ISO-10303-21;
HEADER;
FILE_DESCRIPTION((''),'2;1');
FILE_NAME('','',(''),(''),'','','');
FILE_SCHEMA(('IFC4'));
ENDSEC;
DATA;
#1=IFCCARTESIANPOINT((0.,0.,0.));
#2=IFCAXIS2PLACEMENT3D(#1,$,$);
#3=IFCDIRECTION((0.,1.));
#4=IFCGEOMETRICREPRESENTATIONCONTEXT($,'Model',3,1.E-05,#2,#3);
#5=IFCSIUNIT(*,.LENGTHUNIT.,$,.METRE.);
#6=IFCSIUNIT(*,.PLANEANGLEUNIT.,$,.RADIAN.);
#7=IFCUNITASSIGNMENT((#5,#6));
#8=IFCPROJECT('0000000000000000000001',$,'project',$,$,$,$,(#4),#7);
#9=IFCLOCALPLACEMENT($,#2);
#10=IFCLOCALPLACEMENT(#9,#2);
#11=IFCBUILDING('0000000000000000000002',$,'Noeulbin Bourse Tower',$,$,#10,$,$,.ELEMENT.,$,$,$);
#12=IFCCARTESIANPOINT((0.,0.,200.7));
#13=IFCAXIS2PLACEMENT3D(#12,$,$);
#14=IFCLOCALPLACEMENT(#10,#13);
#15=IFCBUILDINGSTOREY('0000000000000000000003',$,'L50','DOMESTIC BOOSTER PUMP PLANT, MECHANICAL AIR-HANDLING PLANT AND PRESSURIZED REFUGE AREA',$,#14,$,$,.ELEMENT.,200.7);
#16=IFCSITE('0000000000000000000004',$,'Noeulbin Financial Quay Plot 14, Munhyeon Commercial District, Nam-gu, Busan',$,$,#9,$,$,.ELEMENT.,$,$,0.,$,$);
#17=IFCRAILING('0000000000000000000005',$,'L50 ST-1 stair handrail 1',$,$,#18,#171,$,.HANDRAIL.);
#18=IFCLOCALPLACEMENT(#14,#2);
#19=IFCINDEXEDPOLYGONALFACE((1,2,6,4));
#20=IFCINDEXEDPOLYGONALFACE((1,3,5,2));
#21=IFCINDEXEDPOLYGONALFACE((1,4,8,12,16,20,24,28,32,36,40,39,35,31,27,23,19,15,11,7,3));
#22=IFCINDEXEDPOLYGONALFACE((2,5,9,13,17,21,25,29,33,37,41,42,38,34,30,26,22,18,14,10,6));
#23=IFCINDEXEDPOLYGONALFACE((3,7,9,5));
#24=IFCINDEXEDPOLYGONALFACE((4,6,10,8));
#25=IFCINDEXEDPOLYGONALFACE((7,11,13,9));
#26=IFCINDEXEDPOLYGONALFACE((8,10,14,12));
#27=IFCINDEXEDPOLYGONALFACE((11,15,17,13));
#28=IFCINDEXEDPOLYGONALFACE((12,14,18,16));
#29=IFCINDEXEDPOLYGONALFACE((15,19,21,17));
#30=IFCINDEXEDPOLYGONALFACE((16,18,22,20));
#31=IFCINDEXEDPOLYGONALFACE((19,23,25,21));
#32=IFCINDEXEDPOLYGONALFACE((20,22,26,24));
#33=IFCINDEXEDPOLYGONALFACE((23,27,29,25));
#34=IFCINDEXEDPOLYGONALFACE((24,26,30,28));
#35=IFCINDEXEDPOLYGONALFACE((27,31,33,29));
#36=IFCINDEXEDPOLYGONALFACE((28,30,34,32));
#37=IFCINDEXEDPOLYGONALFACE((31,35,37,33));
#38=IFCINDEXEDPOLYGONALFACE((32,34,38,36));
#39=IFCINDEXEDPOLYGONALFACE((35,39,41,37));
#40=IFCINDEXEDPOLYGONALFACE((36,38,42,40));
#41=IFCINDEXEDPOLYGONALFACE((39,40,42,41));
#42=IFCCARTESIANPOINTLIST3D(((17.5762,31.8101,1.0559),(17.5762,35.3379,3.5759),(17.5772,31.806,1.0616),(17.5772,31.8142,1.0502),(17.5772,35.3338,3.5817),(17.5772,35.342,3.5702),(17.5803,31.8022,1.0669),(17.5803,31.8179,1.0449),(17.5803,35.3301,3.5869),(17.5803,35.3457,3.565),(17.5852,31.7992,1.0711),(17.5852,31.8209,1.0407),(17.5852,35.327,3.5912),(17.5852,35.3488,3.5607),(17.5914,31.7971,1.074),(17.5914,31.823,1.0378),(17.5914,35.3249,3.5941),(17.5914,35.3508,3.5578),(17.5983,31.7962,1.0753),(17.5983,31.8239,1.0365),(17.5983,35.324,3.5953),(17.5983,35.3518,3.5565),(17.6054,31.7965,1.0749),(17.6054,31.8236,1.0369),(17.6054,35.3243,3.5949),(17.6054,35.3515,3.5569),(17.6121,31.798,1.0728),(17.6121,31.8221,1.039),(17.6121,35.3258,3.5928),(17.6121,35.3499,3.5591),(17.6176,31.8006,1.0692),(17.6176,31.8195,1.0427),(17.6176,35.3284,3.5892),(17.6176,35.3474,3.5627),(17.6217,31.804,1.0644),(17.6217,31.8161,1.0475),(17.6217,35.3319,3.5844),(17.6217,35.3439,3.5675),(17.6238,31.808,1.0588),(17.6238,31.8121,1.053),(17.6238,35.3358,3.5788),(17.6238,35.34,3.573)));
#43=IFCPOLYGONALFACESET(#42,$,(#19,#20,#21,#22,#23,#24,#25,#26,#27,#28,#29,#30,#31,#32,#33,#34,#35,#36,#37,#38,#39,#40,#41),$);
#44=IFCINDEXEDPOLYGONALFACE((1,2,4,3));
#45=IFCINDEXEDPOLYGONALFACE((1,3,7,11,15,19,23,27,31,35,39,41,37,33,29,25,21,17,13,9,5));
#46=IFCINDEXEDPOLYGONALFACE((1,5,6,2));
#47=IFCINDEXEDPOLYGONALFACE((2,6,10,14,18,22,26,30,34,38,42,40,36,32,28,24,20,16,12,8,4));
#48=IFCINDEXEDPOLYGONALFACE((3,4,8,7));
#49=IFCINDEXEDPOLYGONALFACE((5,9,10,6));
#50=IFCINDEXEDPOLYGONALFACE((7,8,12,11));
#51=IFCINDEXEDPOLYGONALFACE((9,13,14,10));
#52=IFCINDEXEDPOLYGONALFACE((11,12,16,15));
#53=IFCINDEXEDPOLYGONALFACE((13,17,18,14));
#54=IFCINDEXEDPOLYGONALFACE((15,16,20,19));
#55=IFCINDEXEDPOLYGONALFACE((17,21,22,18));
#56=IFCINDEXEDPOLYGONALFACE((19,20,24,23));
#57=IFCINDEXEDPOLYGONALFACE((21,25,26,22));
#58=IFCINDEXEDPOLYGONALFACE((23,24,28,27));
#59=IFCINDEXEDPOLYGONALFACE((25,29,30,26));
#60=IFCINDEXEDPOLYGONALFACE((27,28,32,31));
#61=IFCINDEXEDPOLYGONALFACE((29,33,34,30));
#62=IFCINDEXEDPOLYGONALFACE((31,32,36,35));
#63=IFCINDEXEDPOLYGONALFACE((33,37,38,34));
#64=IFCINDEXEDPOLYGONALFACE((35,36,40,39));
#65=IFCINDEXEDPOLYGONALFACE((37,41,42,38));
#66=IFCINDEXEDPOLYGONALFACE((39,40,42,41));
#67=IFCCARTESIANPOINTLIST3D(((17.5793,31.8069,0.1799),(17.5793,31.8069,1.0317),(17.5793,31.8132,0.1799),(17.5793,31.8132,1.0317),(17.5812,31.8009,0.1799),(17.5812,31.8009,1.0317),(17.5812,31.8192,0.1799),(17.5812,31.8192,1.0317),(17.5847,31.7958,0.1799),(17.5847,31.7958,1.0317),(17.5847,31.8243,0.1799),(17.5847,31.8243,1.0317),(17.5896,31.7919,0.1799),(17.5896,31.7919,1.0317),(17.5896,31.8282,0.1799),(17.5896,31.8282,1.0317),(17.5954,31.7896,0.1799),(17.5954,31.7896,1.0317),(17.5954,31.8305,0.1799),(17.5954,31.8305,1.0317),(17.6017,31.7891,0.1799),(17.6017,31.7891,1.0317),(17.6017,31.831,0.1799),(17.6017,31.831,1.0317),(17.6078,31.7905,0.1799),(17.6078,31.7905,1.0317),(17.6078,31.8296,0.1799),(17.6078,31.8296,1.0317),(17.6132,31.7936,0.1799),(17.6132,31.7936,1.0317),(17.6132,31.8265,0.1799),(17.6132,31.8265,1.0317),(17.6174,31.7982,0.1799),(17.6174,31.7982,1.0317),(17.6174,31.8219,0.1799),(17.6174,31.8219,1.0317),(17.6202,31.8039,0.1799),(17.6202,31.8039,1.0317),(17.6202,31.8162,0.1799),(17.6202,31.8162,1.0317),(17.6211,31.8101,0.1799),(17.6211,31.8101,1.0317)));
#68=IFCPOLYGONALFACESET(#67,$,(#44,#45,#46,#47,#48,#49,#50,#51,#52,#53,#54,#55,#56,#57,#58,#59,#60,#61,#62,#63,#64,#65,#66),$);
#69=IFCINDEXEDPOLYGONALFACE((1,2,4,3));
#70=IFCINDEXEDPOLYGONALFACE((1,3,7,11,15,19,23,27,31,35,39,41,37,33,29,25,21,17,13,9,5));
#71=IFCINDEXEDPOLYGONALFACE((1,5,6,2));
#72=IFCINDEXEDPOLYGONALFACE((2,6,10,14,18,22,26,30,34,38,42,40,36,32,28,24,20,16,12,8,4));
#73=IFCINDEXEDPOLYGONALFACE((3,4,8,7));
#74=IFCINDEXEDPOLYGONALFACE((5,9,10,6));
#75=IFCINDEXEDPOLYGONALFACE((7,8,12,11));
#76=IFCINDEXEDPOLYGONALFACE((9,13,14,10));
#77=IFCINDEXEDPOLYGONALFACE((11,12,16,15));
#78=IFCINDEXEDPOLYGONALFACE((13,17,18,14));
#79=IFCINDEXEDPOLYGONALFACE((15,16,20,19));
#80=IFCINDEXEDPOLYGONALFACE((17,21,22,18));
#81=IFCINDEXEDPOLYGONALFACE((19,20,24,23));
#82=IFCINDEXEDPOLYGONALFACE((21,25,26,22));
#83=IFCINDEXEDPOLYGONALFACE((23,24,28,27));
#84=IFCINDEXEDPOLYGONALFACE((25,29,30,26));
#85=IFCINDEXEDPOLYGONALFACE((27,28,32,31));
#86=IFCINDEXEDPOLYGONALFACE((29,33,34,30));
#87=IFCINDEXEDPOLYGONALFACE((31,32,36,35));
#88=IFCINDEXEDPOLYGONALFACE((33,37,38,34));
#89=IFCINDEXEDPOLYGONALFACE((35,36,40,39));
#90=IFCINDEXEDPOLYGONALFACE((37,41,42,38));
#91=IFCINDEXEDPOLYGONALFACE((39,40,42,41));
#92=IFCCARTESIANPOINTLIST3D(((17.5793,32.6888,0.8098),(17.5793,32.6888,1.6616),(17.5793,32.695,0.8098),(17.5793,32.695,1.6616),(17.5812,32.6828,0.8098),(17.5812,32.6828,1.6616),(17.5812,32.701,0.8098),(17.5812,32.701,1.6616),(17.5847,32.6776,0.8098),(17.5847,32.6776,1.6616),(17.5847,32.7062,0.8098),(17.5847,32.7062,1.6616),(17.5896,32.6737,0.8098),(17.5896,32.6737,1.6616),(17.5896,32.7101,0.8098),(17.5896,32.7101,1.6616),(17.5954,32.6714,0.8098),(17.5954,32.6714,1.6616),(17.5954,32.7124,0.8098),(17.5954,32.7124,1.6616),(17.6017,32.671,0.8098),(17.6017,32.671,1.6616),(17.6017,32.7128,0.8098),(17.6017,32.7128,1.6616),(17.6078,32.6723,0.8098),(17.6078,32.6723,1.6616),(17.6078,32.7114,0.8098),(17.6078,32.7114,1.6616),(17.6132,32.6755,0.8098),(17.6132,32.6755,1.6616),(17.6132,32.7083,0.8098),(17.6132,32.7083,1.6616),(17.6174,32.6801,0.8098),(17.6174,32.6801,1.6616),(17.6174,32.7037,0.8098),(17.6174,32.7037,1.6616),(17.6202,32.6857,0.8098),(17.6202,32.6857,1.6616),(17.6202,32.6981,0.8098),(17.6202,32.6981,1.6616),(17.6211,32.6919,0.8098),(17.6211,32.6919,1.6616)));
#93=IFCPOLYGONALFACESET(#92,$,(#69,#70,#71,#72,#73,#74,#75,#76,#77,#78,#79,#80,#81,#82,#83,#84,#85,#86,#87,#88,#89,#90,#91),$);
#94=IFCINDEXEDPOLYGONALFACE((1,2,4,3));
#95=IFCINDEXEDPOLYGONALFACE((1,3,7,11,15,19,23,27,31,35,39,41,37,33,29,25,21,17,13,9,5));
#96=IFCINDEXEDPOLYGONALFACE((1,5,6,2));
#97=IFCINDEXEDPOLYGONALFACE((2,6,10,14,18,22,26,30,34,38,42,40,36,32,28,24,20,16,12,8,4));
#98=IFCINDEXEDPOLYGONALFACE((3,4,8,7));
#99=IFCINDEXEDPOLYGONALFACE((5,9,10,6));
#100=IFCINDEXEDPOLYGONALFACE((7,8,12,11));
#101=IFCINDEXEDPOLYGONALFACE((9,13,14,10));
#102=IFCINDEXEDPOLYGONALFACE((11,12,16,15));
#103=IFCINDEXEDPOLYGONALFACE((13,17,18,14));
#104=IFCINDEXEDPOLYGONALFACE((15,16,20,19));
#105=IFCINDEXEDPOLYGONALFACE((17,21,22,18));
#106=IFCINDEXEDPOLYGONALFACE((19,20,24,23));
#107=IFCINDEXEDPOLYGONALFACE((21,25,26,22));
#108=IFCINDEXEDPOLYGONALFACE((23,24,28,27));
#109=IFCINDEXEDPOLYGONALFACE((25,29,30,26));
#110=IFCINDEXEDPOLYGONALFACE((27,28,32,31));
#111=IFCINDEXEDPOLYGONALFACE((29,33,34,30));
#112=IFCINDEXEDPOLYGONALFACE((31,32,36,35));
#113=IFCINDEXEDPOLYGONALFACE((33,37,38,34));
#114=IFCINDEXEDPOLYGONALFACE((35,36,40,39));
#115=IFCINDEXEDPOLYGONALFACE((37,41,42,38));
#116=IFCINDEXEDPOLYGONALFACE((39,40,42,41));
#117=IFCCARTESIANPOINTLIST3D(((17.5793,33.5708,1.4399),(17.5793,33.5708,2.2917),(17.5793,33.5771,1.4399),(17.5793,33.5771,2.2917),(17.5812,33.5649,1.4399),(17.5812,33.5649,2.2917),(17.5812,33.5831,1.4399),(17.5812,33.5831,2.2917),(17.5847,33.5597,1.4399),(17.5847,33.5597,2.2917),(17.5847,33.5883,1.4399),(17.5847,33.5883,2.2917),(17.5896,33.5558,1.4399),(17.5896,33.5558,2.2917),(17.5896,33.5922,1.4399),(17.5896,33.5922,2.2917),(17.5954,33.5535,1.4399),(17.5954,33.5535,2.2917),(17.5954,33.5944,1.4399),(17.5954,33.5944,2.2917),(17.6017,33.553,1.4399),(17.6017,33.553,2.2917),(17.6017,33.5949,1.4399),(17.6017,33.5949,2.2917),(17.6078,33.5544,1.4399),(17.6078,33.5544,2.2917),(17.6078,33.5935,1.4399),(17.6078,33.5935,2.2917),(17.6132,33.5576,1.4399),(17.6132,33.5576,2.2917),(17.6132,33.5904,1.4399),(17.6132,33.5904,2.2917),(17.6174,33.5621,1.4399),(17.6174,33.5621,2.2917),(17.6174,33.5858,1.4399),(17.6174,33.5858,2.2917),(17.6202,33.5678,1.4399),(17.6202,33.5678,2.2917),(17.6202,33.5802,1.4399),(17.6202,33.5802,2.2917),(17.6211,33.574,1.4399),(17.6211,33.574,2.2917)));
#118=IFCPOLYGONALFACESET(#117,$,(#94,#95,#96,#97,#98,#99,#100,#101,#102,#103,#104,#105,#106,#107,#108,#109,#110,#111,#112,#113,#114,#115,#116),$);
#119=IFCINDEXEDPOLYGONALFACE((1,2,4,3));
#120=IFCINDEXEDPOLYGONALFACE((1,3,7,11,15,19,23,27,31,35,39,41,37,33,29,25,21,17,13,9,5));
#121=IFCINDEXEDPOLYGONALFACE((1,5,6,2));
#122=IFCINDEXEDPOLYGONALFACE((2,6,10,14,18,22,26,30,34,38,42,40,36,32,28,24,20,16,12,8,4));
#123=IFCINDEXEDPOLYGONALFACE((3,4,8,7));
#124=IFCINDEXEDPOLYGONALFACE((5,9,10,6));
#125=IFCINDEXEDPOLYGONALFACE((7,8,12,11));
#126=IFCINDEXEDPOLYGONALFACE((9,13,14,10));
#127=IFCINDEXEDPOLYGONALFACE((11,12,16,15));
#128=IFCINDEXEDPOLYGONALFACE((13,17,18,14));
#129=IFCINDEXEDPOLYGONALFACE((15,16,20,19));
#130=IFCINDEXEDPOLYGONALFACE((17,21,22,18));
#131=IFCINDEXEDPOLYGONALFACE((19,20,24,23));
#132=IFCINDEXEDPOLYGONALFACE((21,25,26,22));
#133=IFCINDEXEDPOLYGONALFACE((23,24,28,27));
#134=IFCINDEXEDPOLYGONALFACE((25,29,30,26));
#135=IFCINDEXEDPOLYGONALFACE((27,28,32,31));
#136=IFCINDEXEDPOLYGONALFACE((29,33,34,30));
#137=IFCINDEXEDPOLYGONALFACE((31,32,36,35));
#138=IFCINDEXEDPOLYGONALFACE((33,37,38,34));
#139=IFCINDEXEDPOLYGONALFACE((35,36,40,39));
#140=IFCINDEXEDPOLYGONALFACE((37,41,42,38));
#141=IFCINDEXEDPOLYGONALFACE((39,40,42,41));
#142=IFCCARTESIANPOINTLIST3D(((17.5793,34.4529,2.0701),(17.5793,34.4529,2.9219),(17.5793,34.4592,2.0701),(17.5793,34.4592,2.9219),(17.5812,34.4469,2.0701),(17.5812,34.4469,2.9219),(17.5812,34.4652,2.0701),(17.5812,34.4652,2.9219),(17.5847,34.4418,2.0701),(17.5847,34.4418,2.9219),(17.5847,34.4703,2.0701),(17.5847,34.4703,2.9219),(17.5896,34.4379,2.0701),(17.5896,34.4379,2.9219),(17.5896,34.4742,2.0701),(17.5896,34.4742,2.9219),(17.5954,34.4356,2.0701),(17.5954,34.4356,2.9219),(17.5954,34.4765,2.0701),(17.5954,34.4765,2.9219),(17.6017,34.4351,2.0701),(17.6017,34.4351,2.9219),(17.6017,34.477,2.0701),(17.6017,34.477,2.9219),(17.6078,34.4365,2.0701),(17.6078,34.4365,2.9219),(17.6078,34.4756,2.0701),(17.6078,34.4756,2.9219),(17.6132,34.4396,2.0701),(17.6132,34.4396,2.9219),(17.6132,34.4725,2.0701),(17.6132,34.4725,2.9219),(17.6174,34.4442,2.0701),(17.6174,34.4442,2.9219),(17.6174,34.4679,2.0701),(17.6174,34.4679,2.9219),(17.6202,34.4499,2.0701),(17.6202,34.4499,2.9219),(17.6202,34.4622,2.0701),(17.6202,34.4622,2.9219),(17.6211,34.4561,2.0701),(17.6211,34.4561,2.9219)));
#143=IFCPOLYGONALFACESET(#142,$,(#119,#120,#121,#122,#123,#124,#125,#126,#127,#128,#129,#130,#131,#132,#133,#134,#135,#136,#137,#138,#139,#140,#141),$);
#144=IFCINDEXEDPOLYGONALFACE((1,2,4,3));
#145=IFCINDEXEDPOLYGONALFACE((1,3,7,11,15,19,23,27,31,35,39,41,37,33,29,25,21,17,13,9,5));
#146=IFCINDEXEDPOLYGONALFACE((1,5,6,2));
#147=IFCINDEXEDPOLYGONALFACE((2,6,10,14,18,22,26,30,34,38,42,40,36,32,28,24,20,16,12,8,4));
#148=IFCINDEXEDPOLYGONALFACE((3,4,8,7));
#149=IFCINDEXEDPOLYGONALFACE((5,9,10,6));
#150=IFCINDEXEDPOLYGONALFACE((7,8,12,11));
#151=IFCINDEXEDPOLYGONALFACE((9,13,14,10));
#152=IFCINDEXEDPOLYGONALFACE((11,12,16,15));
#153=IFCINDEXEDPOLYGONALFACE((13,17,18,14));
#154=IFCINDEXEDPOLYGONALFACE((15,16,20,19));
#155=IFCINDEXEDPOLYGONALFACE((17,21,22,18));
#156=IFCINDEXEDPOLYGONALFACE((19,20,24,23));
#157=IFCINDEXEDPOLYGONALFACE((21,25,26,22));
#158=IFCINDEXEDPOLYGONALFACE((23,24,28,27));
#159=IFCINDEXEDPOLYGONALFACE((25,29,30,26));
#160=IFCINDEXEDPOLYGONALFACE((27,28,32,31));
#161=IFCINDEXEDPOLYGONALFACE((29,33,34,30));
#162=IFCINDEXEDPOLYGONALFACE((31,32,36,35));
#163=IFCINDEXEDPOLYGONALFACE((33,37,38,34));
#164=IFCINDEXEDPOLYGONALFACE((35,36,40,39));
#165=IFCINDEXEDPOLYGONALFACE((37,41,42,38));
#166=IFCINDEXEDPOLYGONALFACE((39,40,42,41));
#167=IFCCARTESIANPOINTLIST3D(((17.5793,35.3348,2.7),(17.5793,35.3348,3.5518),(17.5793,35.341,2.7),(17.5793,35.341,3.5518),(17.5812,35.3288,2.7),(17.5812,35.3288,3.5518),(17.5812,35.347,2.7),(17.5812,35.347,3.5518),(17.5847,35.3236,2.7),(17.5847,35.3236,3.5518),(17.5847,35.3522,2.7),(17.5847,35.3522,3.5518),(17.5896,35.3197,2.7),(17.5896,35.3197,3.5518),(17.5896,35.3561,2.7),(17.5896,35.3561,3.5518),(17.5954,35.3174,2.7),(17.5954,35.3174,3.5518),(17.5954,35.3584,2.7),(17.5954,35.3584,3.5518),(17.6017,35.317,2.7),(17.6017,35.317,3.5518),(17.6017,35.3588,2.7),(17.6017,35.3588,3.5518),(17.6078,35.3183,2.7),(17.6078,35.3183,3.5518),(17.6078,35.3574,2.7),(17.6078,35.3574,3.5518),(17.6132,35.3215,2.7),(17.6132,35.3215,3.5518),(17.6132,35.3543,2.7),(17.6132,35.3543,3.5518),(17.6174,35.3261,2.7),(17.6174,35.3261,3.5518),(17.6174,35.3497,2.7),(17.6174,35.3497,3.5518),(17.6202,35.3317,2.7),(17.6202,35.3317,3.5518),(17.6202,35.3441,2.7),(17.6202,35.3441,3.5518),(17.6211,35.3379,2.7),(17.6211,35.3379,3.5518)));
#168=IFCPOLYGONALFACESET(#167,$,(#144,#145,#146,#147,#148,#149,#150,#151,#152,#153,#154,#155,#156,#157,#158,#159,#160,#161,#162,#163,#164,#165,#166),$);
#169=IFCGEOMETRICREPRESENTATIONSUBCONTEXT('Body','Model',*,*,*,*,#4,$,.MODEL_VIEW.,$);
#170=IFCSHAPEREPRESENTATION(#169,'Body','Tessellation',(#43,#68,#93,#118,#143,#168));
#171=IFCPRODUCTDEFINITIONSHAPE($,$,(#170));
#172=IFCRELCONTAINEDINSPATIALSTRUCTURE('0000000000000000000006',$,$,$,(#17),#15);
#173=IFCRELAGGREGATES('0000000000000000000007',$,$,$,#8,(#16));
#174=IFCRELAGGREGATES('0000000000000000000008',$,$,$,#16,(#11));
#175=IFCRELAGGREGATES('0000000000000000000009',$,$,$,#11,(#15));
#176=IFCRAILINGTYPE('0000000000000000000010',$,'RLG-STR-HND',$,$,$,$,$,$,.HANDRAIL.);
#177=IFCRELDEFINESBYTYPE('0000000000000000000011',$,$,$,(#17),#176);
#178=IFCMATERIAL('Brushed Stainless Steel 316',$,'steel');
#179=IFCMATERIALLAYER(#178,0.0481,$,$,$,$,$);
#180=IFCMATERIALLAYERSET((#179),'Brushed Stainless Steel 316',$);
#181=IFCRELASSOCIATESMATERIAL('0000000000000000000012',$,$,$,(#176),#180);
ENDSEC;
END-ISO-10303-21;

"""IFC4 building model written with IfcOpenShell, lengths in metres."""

from ifc_helpers import new_model, si_unit, direction, frame, origin, origin_2d, place, context, subcontext, project, spatial, circle, extrude, material, layer, layer_set, type_object, element, save


model = new_model("IFC4")

# Units and contexts
model_context = context("Model", 3, precision=1e-05, world=origin(), true_north=direction((0.0, 1.0)))
body_context = subcontext(model_context, "Body", "Model", "MODEL_VIEW")
ifc_project = project(units=[si_unit("LENGTHUNIT", "METRE"), si_unit("PLANEANGLEUNIT", "RADIAN")], contexts=[model_context])

# Site, building, storey
site_placement = place(None, origin())
site = spatial("IfcSite", under=ifc_project, at=site_placement, Name="Noeulbin Financial Quay Plot 14, Munhyeon Commercial District, Nam-gu, Busan", CompositionType="ELEMENT", RefElevation=0.0)
building_placement = place(site_placement, origin())
building = spatial("IfcBuilding", under=site, at=building_placement, Name="Noeulbin Bourse Tower", CompositionType="ELEMENT")
storey_placement = place(building_placement, frame((0.0, 0.0, 200.7)))
storey = spatial("IfcBuildingStorey", under=building, at=storey_placement, Name="L50", Description="DOMESTIC BOOSTER PUMP PLANT, MECHANICAL AIR-HANDLING PLANT AND PRESSURIZED REFUGE AREA", CompositionType="ELEMENT", Elevation=200.7)

# Shared definitions
ifc_material_1 = material(Name="Brushed Stainless Steel 316", Category="steel")

# Railing
ifc_layer_1 = layer(ifc_material_1, 0.0481)
ifc_layer_set_1 = layer_set([ifc_layer_1], Name="Brushed Stainless Steel 316")
railing_type_1 = type_object("IfcRailingType", Name="RLG-STR-HND", PredefinedType="HANDRAIL", material=ifc_layer_set_1)
railing_1_placement = place(storey_placement, frame((17.6001, 31.8101, 0.1799)))
element("IfcRailing", 1, at=railing_1_placement, inside=storey, type_object=railing_type_1, Name="L50 ST-1 stair handrail 1", PredefinedType="HANDRAIL", context=body_context, shape_type="SweptSolid", body=[
    extrude(circle(Radius=0.0239, at=origin_2d()), frame((0.0, 0.0, 0.876), z_axis=(0.0, 0.813718, 0.58126), x_axis=(-1.0, 0.0, 0.0)), (0.0, 0.0, 1.0), 4.3354),
    extrude(circle(Radius=0.021, at=origin_2d()), origin(), (0.0, 0.0, 1.0), 0.8518),
    extrude(circle(Radius=0.021, at=origin_2d()), frame((0.0, 0.8818, 0.6299)), (0.0, 0.0, 1.0), 0.8518),
    extrude(circle(Radius=0.021, at=origin_2d()), frame((0.0, 1.7639, 1.26)), (0.0, 0.0, 1.0), 0.8518),
    extrude(circle(Radius=0.021, at=origin_2d()), frame((0.0, 2.646, 1.8901)), (0.0, 0.0, 1.0), 0.8518),
    extrude(circle(Radius=0.021, at=origin_2d()), frame((0.0, 3.5278, 2.52)), (0.0, 0.0, 1.0), 0.8518),
])

save(model, "model.ifc")
